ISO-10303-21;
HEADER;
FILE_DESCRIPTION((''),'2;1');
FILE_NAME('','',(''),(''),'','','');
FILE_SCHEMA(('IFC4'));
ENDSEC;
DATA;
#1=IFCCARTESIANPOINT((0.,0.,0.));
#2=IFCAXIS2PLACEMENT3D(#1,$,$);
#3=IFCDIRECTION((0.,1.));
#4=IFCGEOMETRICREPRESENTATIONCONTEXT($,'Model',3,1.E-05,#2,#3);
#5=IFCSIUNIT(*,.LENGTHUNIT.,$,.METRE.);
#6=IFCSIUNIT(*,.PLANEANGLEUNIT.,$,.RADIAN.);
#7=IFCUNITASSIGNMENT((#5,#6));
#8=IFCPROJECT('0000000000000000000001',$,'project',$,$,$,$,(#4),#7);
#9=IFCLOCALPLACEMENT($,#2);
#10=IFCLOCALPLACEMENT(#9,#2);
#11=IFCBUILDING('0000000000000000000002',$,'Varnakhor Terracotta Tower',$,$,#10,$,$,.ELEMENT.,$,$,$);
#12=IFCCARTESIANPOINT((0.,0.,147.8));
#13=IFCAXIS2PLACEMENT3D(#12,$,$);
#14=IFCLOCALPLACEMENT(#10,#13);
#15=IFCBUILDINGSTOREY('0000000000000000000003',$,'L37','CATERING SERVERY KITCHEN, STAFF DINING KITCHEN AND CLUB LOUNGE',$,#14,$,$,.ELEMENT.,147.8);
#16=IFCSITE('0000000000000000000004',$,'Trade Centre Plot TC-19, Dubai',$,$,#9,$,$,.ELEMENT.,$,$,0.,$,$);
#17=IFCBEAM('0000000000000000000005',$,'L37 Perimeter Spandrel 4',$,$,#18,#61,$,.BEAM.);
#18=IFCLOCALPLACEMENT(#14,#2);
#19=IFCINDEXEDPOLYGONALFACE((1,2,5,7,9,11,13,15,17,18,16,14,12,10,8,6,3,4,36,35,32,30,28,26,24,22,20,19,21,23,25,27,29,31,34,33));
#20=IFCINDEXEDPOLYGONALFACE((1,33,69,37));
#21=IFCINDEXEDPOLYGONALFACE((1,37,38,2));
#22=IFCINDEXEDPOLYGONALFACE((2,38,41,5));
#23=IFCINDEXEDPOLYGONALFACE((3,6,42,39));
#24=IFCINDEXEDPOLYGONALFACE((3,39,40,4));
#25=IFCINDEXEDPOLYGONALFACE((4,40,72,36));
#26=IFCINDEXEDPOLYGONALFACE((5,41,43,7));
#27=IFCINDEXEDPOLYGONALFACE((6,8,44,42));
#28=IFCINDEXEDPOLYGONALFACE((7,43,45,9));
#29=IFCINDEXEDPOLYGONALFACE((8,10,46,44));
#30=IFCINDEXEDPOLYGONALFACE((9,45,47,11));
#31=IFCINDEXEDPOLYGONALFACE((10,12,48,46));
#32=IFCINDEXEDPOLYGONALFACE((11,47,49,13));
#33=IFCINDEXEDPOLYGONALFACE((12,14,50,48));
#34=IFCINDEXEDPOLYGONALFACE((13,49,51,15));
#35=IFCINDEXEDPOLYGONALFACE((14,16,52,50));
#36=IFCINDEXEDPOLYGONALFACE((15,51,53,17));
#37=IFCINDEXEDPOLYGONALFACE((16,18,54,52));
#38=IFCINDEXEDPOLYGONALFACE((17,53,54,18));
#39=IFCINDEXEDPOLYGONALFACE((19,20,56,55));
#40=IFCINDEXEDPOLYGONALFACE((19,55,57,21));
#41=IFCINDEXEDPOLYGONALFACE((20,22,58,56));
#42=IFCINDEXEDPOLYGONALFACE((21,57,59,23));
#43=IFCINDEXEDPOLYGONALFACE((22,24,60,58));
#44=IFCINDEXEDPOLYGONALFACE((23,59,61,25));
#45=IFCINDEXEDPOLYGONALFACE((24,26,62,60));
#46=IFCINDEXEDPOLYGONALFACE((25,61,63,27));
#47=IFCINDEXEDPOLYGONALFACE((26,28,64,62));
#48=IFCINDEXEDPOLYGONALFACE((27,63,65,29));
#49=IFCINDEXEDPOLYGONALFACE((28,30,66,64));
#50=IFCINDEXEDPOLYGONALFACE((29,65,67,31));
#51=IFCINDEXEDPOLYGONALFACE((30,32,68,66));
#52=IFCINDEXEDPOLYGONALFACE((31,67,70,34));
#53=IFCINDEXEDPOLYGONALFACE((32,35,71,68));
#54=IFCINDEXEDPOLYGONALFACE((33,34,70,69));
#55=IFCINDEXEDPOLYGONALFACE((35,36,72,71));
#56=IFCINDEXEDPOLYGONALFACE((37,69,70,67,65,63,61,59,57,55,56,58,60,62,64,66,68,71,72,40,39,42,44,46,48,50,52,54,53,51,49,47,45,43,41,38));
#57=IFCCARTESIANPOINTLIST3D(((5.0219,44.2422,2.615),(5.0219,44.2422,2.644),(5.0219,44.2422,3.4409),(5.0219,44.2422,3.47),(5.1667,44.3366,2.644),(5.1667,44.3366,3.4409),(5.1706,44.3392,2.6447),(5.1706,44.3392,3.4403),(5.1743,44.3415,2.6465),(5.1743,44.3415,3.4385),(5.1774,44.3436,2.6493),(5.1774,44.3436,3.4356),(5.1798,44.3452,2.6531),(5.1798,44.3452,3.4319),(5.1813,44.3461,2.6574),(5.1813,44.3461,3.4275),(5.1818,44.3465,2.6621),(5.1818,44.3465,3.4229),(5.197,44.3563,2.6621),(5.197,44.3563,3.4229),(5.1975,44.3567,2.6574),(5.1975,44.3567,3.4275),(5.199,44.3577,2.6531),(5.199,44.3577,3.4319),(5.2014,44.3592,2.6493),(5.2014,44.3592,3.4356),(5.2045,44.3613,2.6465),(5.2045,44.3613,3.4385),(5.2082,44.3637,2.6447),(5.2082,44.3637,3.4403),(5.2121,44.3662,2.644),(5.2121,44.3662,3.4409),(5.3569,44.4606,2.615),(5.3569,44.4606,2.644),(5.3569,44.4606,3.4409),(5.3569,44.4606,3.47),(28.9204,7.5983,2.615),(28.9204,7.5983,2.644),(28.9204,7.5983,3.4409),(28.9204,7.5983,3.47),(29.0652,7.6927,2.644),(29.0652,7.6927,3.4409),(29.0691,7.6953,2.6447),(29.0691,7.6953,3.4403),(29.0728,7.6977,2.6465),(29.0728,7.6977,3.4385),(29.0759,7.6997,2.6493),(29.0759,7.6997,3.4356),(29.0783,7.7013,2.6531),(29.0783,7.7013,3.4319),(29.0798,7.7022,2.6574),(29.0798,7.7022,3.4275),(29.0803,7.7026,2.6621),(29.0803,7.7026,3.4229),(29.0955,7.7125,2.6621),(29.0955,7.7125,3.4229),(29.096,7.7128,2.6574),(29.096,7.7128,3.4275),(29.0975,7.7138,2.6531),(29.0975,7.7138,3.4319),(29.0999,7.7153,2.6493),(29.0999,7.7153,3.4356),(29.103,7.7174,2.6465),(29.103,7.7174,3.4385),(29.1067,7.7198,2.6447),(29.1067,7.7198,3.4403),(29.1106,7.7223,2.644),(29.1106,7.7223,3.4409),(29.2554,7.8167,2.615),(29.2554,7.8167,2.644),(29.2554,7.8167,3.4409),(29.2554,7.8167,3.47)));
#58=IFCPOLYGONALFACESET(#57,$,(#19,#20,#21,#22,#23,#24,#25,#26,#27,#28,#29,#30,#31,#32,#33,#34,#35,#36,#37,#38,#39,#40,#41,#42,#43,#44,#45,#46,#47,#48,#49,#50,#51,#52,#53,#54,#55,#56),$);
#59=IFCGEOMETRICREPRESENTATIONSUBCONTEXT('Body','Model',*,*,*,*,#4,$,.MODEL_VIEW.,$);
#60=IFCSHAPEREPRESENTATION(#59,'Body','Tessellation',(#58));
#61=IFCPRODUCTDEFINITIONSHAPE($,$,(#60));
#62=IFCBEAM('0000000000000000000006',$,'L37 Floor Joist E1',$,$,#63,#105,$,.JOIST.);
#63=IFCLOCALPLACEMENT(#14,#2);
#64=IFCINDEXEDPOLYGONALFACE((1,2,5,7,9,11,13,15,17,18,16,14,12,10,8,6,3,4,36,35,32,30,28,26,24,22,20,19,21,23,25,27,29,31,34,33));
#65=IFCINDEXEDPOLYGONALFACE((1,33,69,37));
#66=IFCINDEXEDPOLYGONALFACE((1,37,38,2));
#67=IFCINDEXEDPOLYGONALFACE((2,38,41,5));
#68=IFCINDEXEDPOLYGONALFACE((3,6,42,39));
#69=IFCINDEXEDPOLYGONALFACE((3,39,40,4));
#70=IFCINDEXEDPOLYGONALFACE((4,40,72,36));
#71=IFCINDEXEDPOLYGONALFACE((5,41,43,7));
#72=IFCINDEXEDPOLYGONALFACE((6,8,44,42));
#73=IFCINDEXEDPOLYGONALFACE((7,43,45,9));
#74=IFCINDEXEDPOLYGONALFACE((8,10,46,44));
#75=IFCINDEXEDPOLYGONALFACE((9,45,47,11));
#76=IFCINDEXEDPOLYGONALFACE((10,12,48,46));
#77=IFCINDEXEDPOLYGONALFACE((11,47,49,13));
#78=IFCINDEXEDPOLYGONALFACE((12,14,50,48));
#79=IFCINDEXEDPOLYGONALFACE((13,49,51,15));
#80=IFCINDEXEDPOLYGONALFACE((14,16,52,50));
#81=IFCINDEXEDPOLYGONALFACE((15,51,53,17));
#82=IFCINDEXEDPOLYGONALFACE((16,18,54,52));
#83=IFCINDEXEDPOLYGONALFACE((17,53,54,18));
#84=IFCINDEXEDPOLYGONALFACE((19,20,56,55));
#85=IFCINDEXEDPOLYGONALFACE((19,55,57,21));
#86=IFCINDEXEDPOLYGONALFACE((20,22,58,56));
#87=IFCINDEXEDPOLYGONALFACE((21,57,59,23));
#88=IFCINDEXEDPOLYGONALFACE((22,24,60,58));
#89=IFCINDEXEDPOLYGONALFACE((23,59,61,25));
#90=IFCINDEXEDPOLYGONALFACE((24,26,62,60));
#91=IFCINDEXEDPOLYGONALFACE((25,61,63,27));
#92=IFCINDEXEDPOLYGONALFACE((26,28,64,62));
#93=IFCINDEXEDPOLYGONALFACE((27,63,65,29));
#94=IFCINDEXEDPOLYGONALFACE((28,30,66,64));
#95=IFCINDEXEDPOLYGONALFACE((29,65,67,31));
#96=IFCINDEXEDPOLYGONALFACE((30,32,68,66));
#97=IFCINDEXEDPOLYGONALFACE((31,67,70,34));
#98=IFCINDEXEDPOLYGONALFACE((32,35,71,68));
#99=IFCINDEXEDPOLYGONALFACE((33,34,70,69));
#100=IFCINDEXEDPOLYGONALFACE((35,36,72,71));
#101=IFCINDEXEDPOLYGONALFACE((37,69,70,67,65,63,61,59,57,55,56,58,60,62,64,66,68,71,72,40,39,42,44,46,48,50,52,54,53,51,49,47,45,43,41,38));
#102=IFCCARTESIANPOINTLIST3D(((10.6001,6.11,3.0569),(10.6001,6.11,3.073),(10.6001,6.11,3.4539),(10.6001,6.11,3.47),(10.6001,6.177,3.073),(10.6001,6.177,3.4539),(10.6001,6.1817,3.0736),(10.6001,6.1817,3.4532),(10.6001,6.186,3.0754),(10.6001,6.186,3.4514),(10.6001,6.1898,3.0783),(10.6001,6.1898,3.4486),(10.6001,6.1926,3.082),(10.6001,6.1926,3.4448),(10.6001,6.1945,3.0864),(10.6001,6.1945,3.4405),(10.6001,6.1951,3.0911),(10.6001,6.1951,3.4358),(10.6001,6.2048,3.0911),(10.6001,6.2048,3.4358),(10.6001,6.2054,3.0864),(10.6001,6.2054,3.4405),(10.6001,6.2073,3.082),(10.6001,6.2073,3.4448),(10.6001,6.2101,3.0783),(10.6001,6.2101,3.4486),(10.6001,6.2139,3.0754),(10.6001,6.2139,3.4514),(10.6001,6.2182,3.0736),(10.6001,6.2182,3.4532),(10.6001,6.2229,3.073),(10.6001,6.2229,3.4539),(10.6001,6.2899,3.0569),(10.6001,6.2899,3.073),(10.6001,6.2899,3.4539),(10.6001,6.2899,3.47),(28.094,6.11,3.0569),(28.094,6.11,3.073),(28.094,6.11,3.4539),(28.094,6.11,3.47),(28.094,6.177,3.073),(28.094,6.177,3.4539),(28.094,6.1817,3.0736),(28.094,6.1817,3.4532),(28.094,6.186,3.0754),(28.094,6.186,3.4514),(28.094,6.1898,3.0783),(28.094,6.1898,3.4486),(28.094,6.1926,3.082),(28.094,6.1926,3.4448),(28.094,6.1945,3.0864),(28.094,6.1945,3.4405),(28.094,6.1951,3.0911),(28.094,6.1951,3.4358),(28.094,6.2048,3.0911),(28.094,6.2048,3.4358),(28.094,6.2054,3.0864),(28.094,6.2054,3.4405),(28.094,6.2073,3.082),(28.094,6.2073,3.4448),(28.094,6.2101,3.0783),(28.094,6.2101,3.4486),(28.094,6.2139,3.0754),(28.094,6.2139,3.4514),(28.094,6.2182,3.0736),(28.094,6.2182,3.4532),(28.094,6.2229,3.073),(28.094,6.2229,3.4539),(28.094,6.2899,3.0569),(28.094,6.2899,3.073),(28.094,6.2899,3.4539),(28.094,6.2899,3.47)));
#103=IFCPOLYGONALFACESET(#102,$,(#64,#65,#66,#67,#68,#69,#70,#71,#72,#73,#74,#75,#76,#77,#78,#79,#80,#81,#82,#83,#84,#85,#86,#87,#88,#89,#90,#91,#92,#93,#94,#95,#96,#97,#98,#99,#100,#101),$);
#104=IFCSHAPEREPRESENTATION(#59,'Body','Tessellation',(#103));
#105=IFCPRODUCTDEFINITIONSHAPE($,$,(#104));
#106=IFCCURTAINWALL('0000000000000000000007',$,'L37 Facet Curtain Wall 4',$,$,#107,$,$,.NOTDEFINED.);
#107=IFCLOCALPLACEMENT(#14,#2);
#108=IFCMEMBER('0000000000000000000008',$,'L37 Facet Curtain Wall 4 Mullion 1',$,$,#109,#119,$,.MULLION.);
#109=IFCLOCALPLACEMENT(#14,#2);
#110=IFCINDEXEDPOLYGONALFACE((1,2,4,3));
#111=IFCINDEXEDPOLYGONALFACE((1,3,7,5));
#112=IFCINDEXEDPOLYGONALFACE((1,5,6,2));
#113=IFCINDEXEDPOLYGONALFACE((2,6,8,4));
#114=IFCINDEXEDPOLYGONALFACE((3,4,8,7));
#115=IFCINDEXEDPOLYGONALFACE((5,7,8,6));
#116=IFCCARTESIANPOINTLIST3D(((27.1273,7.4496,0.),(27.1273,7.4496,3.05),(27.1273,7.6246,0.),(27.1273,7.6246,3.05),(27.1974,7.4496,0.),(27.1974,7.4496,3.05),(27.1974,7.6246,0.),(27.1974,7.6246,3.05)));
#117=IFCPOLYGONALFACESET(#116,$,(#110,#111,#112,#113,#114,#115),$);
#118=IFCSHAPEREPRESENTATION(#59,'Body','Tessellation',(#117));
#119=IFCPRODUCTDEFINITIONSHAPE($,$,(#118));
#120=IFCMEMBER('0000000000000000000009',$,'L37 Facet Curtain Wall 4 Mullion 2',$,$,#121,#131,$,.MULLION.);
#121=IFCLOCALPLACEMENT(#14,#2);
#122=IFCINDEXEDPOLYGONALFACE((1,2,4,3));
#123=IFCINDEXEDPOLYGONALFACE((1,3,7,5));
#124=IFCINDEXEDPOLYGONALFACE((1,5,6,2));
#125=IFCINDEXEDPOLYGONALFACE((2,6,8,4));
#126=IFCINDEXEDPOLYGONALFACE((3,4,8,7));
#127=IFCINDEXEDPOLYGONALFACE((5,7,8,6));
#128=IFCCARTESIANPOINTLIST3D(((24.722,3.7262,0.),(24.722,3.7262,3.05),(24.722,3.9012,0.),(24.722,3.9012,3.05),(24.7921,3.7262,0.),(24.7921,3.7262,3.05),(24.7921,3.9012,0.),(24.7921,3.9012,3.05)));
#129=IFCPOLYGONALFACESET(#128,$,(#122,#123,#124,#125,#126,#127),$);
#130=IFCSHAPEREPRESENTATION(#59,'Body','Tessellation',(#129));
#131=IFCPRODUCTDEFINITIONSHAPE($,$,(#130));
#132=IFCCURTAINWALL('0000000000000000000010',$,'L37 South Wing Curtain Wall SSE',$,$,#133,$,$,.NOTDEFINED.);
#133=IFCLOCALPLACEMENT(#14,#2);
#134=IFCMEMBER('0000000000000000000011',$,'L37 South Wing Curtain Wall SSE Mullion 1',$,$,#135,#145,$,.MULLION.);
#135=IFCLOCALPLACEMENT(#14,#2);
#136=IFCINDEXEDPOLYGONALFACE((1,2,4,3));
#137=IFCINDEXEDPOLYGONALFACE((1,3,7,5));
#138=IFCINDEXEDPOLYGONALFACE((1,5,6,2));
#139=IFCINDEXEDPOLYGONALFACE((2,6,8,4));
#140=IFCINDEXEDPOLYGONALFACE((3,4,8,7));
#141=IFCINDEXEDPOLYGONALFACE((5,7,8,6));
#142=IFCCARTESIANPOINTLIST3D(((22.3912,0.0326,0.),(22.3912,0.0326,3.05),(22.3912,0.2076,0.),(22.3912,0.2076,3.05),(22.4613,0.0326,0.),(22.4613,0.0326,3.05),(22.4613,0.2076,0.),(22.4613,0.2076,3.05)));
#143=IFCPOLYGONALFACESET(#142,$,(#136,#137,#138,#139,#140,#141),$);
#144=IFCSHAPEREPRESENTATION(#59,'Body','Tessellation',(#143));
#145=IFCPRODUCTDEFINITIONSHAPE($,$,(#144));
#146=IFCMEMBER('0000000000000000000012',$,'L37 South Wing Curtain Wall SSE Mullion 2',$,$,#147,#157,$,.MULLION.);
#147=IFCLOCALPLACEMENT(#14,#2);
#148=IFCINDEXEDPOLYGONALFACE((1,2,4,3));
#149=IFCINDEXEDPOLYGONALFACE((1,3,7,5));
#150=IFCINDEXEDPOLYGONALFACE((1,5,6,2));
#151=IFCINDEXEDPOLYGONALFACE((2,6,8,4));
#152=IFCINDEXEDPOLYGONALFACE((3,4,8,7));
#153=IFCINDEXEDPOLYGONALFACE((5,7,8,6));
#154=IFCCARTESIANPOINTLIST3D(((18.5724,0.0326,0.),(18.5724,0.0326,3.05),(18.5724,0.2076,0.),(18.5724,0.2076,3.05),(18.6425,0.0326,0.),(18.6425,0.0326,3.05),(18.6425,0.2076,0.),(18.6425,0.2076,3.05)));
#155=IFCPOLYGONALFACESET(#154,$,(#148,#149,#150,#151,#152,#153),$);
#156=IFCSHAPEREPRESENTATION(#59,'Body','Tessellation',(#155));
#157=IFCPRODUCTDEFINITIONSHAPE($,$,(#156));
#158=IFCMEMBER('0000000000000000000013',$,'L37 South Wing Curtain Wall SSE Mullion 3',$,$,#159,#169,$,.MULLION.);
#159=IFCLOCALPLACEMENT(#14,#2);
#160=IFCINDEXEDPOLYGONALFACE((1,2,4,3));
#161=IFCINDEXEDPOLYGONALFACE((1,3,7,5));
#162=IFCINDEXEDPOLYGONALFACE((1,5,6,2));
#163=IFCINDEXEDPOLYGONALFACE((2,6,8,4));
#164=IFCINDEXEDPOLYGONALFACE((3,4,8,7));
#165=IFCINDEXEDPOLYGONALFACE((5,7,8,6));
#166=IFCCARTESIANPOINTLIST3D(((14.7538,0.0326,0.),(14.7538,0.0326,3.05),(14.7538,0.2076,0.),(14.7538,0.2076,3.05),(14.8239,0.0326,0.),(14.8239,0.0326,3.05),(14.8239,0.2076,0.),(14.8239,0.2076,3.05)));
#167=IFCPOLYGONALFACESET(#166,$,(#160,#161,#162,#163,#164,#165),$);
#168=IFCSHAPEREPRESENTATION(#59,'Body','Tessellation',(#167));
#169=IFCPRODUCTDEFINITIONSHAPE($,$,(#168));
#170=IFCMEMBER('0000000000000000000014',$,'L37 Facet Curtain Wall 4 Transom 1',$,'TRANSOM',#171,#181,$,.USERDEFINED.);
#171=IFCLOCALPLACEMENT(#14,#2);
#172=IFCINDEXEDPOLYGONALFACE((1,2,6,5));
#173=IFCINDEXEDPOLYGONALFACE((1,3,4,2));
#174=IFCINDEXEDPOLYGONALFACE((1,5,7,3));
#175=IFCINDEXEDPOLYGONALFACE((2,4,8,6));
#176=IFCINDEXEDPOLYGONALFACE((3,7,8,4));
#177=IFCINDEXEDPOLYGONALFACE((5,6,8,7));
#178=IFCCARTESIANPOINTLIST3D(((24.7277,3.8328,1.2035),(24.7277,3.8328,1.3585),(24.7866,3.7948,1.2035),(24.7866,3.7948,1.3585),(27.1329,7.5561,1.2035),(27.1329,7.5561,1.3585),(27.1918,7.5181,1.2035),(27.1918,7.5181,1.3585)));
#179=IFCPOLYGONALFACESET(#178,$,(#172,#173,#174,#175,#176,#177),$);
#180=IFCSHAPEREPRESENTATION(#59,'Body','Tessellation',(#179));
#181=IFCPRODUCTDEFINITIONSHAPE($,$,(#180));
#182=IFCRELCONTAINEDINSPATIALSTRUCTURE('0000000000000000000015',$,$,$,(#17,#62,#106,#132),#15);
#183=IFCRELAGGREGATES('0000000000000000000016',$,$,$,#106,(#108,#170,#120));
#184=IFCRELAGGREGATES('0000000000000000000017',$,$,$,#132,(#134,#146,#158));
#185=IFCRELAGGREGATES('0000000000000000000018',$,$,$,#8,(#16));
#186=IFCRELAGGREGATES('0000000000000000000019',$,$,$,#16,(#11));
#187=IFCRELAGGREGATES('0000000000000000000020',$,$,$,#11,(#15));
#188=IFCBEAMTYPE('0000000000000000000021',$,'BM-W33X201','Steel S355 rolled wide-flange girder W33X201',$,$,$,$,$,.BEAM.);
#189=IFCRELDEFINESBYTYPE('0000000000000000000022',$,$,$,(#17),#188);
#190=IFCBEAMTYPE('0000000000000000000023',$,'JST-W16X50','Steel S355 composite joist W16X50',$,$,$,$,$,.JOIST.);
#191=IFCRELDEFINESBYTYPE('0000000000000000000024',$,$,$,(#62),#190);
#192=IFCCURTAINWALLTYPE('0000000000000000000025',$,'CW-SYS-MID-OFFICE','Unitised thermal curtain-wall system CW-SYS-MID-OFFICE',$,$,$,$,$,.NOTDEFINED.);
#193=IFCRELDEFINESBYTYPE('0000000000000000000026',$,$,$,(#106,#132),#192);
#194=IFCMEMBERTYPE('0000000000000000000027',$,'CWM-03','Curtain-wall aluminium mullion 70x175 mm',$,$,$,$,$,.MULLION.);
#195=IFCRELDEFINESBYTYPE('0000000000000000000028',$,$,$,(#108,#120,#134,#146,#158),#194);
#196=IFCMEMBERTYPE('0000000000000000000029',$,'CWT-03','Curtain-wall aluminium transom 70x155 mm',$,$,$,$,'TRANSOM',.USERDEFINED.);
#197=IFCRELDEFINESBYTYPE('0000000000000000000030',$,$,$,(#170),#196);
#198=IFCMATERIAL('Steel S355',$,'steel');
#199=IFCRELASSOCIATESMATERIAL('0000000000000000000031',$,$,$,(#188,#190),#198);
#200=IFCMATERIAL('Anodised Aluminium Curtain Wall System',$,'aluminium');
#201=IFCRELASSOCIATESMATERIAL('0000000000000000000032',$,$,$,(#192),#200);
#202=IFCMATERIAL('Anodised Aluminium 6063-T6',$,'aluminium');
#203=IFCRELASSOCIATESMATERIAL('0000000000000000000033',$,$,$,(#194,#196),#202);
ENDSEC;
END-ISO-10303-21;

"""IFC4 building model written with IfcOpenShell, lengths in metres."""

from ifc_helpers import new_model, si_unit, direction, frame, origin, origin_2d, place, context, subcontext, project, spatial, rectangle, i_section, extrude, source, transform, mapped, material, material_profile, profile_set, type_object, element, aggregate, save


model = new_model("IFC4")

# Units and contexts
model_context = context("Model", 3, precision=1e-05, world=origin(), true_north=direction((0.0, 1.0)))
body_context = subcontext(model_context, "Body", "Model", "MODEL_VIEW")
ifc_project = project(units=[si_unit("LENGTHUNIT", "METRE"), si_unit("PLANEANGLEUNIT", "RADIAN")], contexts=[model_context])

# Site, building, storey
site_placement = place(None, origin())
site = spatial("IfcSite", under=ifc_project, at=site_placement, Name="Trade Centre Plot TC-19, Dubai", CompositionType="ELEMENT", RefElevation=0.0)
building_placement = place(site_placement, origin())
building = spatial("IfcBuilding", under=site, at=building_placement, Name="Varnakhor Terracotta Tower", CompositionType="ELEMENT")
storey_placement = place(building_placement, frame((0.0, 0.0, 147.8)))
storey = spatial("IfcBuildingStorey", under=building, at=storey_placement, Name="L37", Description="CATERING SERVERY KITCHEN, STAFF DINING KITCHEN AND CLUB LOUNGE", CompositionType="ELEMENT", Elevation=147.8)

# Beams
ifc_material_1 = material(Name="Steel S355", Category="steel")
ifc_material_profile_1 = material_profile(ifc_material_1, i_section(OverallWidth=0.3999, OverallDepth=0.855, WebThickness=0.0181, FlangeThickness=0.0291, FilletRadius=0.0181, at=origin_2d()), Name="W33X201")
ifc_profile_set_1 = profile_set([ifc_material_profile_1], Name="Steel S355")
beam_type_1 = type_object("IfcBeamType", Name="BM-W33X201", Description="Steel S355 rolled wide-flange girder W33X201", PredefinedType="BEAM", material=ifc_profile_set_1)
shared_shape_1 = source(origin(), body_context, "Body", "SweptSolid", [
    extrude(i_section(OverallWidth=0.3999, OverallDepth=0.855, WebThickness=0.0181, FlangeThickness=0.0291, FilletRadius=0.0181, at=origin_2d()), origin(), (0.0, 0.0, 1.0), 43.7483),
])
beam_1_placement = place(storey_placement, frame((29.0879, 7.7075, 3.0425), z_axis=(-0.546273, 0.837607, 0.0), x_axis=(-0.837607, -0.546273, 0.0)))
element("IfcBeam", 1, at=beam_1_placement, inside=storey, type_object=beam_type_1, Name="L37 Perimeter Spandrel 4", PredefinedType="BEAM", context=body_context, shape_type="MappedRepresentation", body=[
    mapped(shared_shape_1, transform((0.0, 0.0, 0.0), scale=1.0)),
])
ifc_material_profile_2 = material_profile(ifc_material_1, i_section(OverallWidth=0.1799, OverallDepth=0.4131, WebThickness=0.0098, FlangeThickness=0.0161, FilletRadius=0.0181, at=origin_2d()), Name="W16X50")
ifc_profile_set_2 = profile_set([ifc_material_profile_2], Name="Steel S355")
beam_type_2 = type_object("IfcBeamType", Name="JST-W16X50", Description="Steel S355 composite joist W16X50", PredefinedType="JOIST", material=ifc_profile_set_2)
shared_shape_2 = source(origin(), body_context, "Body", "SweptSolid", [
    extrude(i_section(OverallWidth=0.1799, OverallDepth=0.4131, WebThickness=0.0098, FlangeThickness=0.0161, FilletRadius=0.0181, at=origin_2d()), origin(), (0.0, 0.0, 1.0), 17.4939),
])
beam_2_placement = place(storey_placement, frame((10.6001, 6.2, 3.2634), z_axis=(1.0, 0.0, 0.0), x_axis=(0.0, 1.0, 0.0)))
element("IfcBeam", 2, at=beam_2_placement, inside=storey, type_object=beam_type_2, Name="L37 Floor Joist E1", PredefinedType="JOIST", context=body_context, shape_type="MappedRepresentation", body=[
    mapped(shared_shape_2, transform((0.0, 0.0, 0.0), scale=1.0)),
])

# Curtain walls, members
ifc_material_2 = material(Name="Anodised Aluminium Curtain Wall System", Category="aluminium")
curtain_wall_type = type_object("IfcCurtainWallType", Name="CW-SYS-MID-OFFICE", Description="Unitised thermal curtain-wall system CW-SYS-MID-OFFICE", PredefinedType="NOTDEFINED", material=ifc_material_2)
curtain_wall_1_placement = place(storey_placement, origin())
curtain_wall_1 = element("IfcCurtainWall", 3, at=curtain_wall_1_placement, inside=storey, type_object=curtain_wall_type, Name="L37 Facet Curtain Wall 4", PredefinedType="NOTDEFINED")
ifc_material_3 = material(Name="Anodised Aluminium 6063-T6", Category="aluminium")
ifc_material_profile_3 = material_profile(ifc_material_3, rectangle(XDim=0.0701, YDim=0.175, at=origin_2d()), Name="ALU MULLION 70x175")
ifc_profile_set_3 = profile_set([ifc_material_profile_3], Name="Anodised Aluminium 6063-T6")
member_type_1 = type_object("IfcMemberType", Name="CWM-03", Description="Curtain-wall aluminium mullion 70x175 mm", PredefinedType="MULLION", material=ifc_profile_set_3)
shared_shape_3 = source(origin(), body_context, "Body", "SweptSolid", [
    extrude(rectangle(XDim=0.0701, YDim=0.175, at=origin_2d()), origin(), (0.0, 0.0, 1.0), 3.05),
])
member_1_placement = place(storey_placement, frame((27.1624, 7.5371, 0.0), z_axis=(0.0, 0.0, 1.0), x_axis=(1.0, 0.0, 0.0)))
member_1 = element("IfcMember", 4, at=member_1_placement, type_object=member_type_1, Name="L37 Facet Curtain Wall 4 Mullion 1", PredefinedType="MULLION", context=body_context, shape_type="MappedRepresentation", body=[
    mapped(shared_shape_3, transform((0.0, 0.0, 0.0), scale=1.0)),
])
member_2_placement = place(storey_placement, frame((24.7571, 3.8137, 0.0), z_axis=(0.0, 0.0, 1.0), x_axis=(1.0, 0.0, 0.0)))
member_2 = element("IfcMember", 5, at=member_2_placement, type_object=member_type_1, Name="L37 Facet Curtain Wall 4 Mullion 2", PredefinedType="MULLION", context=body_context, shape_type="MappedRepresentation", body=[
    mapped(shared_shape_3, transform((0.0, 0.0, 0.0), scale=1.0)),
])
curtain_wall_2_placement = place(storey_placement, origin())
curtain_wall_2 = element("IfcCurtainWall", 6, at=curtain_wall_2_placement, inside=storey, type_object=curtain_wall_type, Name="L37 South Wing Curtain Wall SSE", PredefinedType="NOTDEFINED")
member_3_placement = place(storey_placement, frame((22.4263, 0.1201, 0.0), z_axis=(0.0, 0.0, 1.0), x_axis=(1.0, 0.0, 0.0)))
member_3 = element("IfcMember", 7, at=member_3_placement, type_object=member_type_1, Name="L37 South Wing Curtain Wall SSE Mullion 1", PredefinedType="MULLION", context=body_context, shape_type="MappedRepresentation", body=[
    mapped(shared_shape_3, transform((0.0, 0.0, 0.0), scale=1.0)),
])
member_4_placement = place(storey_placement, frame((18.6074, 0.1201, 0.0), z_axis=(0.0, 0.0, 1.0), x_axis=(1.0, 0.0, 0.0)))
member_4 = element("IfcMember", 8, at=member_4_placement, type_object=member_type_1, Name="L37 South Wing Curtain Wall SSE Mullion 2", PredefinedType="MULLION", context=body_context, shape_type="MappedRepresentation", body=[
    mapped(shared_shape_3, transform((0.0, 0.0, 0.0), scale=1.0)),
])
member_5_placement = place(storey_placement, frame((14.7888, 0.1201, 0.0), z_axis=(0.0, 0.0, 1.0), x_axis=(1.0, 0.0, 0.0)))
member_5 = element("IfcMember", 9, at=member_5_placement, type_object=member_type_1, Name="L37 South Wing Curtain Wall SSE Mullion 3", PredefinedType="MULLION", context=body_context, shape_type="MappedRepresentation", body=[
    mapped(shared_shape_3, transform((0.0, 0.0, 0.0), scale=1.0)),
])

# Member
ifc_material_profile_4 = material_profile(ifc_material_3, rectangle(XDim=0.0701, YDim=0.155, at=origin_2d()), Name="ALU TRANSOM 70x155")
ifc_profile_set_4 = profile_set([ifc_material_profile_4], Name="Anodised Aluminium 6063-T6")
member_type_2 = type_object("IfcMemberType", Name="CWT-03", Description="Curtain-wall aluminium transom 70x155 mm", ElementType="TRANSOM", PredefinedType="USERDEFINED", material=ifc_profile_set_4)
shared_shape_4 = source(origin(), body_context, "Body", "SweptSolid", [
    extrude(rectangle(XDim=0.0701, YDim=0.155, at=origin_2d()), origin(), (0.0, 0.0, 1.0), 4.4326),
])
member_6_placement = place(storey_placement, frame((27.1624, 7.5371, 1.281), z_axis=(-0.542619, -0.839979, 0.0), x_axis=(0.839979, -0.542619, 0.0)))
member_6 = element("IfcMember", 10, at=member_6_placement, type_object=member_type_2, Name="L37 Facet Curtain Wall 4 Transom 1", ObjectType="TRANSOM", PredefinedType="USERDEFINED", context=body_context, shape_type="MappedRepresentation", body=[
    mapped(shared_shape_4, transform((0.0, 0.0, 0.0), scale=1.0)),
])

aggregate(curtain_wall_1, [member_1, member_6, member_2])
aggregate(curtain_wall_2, [member_3, member_4, member_5])

save(model, "model.ifc")
